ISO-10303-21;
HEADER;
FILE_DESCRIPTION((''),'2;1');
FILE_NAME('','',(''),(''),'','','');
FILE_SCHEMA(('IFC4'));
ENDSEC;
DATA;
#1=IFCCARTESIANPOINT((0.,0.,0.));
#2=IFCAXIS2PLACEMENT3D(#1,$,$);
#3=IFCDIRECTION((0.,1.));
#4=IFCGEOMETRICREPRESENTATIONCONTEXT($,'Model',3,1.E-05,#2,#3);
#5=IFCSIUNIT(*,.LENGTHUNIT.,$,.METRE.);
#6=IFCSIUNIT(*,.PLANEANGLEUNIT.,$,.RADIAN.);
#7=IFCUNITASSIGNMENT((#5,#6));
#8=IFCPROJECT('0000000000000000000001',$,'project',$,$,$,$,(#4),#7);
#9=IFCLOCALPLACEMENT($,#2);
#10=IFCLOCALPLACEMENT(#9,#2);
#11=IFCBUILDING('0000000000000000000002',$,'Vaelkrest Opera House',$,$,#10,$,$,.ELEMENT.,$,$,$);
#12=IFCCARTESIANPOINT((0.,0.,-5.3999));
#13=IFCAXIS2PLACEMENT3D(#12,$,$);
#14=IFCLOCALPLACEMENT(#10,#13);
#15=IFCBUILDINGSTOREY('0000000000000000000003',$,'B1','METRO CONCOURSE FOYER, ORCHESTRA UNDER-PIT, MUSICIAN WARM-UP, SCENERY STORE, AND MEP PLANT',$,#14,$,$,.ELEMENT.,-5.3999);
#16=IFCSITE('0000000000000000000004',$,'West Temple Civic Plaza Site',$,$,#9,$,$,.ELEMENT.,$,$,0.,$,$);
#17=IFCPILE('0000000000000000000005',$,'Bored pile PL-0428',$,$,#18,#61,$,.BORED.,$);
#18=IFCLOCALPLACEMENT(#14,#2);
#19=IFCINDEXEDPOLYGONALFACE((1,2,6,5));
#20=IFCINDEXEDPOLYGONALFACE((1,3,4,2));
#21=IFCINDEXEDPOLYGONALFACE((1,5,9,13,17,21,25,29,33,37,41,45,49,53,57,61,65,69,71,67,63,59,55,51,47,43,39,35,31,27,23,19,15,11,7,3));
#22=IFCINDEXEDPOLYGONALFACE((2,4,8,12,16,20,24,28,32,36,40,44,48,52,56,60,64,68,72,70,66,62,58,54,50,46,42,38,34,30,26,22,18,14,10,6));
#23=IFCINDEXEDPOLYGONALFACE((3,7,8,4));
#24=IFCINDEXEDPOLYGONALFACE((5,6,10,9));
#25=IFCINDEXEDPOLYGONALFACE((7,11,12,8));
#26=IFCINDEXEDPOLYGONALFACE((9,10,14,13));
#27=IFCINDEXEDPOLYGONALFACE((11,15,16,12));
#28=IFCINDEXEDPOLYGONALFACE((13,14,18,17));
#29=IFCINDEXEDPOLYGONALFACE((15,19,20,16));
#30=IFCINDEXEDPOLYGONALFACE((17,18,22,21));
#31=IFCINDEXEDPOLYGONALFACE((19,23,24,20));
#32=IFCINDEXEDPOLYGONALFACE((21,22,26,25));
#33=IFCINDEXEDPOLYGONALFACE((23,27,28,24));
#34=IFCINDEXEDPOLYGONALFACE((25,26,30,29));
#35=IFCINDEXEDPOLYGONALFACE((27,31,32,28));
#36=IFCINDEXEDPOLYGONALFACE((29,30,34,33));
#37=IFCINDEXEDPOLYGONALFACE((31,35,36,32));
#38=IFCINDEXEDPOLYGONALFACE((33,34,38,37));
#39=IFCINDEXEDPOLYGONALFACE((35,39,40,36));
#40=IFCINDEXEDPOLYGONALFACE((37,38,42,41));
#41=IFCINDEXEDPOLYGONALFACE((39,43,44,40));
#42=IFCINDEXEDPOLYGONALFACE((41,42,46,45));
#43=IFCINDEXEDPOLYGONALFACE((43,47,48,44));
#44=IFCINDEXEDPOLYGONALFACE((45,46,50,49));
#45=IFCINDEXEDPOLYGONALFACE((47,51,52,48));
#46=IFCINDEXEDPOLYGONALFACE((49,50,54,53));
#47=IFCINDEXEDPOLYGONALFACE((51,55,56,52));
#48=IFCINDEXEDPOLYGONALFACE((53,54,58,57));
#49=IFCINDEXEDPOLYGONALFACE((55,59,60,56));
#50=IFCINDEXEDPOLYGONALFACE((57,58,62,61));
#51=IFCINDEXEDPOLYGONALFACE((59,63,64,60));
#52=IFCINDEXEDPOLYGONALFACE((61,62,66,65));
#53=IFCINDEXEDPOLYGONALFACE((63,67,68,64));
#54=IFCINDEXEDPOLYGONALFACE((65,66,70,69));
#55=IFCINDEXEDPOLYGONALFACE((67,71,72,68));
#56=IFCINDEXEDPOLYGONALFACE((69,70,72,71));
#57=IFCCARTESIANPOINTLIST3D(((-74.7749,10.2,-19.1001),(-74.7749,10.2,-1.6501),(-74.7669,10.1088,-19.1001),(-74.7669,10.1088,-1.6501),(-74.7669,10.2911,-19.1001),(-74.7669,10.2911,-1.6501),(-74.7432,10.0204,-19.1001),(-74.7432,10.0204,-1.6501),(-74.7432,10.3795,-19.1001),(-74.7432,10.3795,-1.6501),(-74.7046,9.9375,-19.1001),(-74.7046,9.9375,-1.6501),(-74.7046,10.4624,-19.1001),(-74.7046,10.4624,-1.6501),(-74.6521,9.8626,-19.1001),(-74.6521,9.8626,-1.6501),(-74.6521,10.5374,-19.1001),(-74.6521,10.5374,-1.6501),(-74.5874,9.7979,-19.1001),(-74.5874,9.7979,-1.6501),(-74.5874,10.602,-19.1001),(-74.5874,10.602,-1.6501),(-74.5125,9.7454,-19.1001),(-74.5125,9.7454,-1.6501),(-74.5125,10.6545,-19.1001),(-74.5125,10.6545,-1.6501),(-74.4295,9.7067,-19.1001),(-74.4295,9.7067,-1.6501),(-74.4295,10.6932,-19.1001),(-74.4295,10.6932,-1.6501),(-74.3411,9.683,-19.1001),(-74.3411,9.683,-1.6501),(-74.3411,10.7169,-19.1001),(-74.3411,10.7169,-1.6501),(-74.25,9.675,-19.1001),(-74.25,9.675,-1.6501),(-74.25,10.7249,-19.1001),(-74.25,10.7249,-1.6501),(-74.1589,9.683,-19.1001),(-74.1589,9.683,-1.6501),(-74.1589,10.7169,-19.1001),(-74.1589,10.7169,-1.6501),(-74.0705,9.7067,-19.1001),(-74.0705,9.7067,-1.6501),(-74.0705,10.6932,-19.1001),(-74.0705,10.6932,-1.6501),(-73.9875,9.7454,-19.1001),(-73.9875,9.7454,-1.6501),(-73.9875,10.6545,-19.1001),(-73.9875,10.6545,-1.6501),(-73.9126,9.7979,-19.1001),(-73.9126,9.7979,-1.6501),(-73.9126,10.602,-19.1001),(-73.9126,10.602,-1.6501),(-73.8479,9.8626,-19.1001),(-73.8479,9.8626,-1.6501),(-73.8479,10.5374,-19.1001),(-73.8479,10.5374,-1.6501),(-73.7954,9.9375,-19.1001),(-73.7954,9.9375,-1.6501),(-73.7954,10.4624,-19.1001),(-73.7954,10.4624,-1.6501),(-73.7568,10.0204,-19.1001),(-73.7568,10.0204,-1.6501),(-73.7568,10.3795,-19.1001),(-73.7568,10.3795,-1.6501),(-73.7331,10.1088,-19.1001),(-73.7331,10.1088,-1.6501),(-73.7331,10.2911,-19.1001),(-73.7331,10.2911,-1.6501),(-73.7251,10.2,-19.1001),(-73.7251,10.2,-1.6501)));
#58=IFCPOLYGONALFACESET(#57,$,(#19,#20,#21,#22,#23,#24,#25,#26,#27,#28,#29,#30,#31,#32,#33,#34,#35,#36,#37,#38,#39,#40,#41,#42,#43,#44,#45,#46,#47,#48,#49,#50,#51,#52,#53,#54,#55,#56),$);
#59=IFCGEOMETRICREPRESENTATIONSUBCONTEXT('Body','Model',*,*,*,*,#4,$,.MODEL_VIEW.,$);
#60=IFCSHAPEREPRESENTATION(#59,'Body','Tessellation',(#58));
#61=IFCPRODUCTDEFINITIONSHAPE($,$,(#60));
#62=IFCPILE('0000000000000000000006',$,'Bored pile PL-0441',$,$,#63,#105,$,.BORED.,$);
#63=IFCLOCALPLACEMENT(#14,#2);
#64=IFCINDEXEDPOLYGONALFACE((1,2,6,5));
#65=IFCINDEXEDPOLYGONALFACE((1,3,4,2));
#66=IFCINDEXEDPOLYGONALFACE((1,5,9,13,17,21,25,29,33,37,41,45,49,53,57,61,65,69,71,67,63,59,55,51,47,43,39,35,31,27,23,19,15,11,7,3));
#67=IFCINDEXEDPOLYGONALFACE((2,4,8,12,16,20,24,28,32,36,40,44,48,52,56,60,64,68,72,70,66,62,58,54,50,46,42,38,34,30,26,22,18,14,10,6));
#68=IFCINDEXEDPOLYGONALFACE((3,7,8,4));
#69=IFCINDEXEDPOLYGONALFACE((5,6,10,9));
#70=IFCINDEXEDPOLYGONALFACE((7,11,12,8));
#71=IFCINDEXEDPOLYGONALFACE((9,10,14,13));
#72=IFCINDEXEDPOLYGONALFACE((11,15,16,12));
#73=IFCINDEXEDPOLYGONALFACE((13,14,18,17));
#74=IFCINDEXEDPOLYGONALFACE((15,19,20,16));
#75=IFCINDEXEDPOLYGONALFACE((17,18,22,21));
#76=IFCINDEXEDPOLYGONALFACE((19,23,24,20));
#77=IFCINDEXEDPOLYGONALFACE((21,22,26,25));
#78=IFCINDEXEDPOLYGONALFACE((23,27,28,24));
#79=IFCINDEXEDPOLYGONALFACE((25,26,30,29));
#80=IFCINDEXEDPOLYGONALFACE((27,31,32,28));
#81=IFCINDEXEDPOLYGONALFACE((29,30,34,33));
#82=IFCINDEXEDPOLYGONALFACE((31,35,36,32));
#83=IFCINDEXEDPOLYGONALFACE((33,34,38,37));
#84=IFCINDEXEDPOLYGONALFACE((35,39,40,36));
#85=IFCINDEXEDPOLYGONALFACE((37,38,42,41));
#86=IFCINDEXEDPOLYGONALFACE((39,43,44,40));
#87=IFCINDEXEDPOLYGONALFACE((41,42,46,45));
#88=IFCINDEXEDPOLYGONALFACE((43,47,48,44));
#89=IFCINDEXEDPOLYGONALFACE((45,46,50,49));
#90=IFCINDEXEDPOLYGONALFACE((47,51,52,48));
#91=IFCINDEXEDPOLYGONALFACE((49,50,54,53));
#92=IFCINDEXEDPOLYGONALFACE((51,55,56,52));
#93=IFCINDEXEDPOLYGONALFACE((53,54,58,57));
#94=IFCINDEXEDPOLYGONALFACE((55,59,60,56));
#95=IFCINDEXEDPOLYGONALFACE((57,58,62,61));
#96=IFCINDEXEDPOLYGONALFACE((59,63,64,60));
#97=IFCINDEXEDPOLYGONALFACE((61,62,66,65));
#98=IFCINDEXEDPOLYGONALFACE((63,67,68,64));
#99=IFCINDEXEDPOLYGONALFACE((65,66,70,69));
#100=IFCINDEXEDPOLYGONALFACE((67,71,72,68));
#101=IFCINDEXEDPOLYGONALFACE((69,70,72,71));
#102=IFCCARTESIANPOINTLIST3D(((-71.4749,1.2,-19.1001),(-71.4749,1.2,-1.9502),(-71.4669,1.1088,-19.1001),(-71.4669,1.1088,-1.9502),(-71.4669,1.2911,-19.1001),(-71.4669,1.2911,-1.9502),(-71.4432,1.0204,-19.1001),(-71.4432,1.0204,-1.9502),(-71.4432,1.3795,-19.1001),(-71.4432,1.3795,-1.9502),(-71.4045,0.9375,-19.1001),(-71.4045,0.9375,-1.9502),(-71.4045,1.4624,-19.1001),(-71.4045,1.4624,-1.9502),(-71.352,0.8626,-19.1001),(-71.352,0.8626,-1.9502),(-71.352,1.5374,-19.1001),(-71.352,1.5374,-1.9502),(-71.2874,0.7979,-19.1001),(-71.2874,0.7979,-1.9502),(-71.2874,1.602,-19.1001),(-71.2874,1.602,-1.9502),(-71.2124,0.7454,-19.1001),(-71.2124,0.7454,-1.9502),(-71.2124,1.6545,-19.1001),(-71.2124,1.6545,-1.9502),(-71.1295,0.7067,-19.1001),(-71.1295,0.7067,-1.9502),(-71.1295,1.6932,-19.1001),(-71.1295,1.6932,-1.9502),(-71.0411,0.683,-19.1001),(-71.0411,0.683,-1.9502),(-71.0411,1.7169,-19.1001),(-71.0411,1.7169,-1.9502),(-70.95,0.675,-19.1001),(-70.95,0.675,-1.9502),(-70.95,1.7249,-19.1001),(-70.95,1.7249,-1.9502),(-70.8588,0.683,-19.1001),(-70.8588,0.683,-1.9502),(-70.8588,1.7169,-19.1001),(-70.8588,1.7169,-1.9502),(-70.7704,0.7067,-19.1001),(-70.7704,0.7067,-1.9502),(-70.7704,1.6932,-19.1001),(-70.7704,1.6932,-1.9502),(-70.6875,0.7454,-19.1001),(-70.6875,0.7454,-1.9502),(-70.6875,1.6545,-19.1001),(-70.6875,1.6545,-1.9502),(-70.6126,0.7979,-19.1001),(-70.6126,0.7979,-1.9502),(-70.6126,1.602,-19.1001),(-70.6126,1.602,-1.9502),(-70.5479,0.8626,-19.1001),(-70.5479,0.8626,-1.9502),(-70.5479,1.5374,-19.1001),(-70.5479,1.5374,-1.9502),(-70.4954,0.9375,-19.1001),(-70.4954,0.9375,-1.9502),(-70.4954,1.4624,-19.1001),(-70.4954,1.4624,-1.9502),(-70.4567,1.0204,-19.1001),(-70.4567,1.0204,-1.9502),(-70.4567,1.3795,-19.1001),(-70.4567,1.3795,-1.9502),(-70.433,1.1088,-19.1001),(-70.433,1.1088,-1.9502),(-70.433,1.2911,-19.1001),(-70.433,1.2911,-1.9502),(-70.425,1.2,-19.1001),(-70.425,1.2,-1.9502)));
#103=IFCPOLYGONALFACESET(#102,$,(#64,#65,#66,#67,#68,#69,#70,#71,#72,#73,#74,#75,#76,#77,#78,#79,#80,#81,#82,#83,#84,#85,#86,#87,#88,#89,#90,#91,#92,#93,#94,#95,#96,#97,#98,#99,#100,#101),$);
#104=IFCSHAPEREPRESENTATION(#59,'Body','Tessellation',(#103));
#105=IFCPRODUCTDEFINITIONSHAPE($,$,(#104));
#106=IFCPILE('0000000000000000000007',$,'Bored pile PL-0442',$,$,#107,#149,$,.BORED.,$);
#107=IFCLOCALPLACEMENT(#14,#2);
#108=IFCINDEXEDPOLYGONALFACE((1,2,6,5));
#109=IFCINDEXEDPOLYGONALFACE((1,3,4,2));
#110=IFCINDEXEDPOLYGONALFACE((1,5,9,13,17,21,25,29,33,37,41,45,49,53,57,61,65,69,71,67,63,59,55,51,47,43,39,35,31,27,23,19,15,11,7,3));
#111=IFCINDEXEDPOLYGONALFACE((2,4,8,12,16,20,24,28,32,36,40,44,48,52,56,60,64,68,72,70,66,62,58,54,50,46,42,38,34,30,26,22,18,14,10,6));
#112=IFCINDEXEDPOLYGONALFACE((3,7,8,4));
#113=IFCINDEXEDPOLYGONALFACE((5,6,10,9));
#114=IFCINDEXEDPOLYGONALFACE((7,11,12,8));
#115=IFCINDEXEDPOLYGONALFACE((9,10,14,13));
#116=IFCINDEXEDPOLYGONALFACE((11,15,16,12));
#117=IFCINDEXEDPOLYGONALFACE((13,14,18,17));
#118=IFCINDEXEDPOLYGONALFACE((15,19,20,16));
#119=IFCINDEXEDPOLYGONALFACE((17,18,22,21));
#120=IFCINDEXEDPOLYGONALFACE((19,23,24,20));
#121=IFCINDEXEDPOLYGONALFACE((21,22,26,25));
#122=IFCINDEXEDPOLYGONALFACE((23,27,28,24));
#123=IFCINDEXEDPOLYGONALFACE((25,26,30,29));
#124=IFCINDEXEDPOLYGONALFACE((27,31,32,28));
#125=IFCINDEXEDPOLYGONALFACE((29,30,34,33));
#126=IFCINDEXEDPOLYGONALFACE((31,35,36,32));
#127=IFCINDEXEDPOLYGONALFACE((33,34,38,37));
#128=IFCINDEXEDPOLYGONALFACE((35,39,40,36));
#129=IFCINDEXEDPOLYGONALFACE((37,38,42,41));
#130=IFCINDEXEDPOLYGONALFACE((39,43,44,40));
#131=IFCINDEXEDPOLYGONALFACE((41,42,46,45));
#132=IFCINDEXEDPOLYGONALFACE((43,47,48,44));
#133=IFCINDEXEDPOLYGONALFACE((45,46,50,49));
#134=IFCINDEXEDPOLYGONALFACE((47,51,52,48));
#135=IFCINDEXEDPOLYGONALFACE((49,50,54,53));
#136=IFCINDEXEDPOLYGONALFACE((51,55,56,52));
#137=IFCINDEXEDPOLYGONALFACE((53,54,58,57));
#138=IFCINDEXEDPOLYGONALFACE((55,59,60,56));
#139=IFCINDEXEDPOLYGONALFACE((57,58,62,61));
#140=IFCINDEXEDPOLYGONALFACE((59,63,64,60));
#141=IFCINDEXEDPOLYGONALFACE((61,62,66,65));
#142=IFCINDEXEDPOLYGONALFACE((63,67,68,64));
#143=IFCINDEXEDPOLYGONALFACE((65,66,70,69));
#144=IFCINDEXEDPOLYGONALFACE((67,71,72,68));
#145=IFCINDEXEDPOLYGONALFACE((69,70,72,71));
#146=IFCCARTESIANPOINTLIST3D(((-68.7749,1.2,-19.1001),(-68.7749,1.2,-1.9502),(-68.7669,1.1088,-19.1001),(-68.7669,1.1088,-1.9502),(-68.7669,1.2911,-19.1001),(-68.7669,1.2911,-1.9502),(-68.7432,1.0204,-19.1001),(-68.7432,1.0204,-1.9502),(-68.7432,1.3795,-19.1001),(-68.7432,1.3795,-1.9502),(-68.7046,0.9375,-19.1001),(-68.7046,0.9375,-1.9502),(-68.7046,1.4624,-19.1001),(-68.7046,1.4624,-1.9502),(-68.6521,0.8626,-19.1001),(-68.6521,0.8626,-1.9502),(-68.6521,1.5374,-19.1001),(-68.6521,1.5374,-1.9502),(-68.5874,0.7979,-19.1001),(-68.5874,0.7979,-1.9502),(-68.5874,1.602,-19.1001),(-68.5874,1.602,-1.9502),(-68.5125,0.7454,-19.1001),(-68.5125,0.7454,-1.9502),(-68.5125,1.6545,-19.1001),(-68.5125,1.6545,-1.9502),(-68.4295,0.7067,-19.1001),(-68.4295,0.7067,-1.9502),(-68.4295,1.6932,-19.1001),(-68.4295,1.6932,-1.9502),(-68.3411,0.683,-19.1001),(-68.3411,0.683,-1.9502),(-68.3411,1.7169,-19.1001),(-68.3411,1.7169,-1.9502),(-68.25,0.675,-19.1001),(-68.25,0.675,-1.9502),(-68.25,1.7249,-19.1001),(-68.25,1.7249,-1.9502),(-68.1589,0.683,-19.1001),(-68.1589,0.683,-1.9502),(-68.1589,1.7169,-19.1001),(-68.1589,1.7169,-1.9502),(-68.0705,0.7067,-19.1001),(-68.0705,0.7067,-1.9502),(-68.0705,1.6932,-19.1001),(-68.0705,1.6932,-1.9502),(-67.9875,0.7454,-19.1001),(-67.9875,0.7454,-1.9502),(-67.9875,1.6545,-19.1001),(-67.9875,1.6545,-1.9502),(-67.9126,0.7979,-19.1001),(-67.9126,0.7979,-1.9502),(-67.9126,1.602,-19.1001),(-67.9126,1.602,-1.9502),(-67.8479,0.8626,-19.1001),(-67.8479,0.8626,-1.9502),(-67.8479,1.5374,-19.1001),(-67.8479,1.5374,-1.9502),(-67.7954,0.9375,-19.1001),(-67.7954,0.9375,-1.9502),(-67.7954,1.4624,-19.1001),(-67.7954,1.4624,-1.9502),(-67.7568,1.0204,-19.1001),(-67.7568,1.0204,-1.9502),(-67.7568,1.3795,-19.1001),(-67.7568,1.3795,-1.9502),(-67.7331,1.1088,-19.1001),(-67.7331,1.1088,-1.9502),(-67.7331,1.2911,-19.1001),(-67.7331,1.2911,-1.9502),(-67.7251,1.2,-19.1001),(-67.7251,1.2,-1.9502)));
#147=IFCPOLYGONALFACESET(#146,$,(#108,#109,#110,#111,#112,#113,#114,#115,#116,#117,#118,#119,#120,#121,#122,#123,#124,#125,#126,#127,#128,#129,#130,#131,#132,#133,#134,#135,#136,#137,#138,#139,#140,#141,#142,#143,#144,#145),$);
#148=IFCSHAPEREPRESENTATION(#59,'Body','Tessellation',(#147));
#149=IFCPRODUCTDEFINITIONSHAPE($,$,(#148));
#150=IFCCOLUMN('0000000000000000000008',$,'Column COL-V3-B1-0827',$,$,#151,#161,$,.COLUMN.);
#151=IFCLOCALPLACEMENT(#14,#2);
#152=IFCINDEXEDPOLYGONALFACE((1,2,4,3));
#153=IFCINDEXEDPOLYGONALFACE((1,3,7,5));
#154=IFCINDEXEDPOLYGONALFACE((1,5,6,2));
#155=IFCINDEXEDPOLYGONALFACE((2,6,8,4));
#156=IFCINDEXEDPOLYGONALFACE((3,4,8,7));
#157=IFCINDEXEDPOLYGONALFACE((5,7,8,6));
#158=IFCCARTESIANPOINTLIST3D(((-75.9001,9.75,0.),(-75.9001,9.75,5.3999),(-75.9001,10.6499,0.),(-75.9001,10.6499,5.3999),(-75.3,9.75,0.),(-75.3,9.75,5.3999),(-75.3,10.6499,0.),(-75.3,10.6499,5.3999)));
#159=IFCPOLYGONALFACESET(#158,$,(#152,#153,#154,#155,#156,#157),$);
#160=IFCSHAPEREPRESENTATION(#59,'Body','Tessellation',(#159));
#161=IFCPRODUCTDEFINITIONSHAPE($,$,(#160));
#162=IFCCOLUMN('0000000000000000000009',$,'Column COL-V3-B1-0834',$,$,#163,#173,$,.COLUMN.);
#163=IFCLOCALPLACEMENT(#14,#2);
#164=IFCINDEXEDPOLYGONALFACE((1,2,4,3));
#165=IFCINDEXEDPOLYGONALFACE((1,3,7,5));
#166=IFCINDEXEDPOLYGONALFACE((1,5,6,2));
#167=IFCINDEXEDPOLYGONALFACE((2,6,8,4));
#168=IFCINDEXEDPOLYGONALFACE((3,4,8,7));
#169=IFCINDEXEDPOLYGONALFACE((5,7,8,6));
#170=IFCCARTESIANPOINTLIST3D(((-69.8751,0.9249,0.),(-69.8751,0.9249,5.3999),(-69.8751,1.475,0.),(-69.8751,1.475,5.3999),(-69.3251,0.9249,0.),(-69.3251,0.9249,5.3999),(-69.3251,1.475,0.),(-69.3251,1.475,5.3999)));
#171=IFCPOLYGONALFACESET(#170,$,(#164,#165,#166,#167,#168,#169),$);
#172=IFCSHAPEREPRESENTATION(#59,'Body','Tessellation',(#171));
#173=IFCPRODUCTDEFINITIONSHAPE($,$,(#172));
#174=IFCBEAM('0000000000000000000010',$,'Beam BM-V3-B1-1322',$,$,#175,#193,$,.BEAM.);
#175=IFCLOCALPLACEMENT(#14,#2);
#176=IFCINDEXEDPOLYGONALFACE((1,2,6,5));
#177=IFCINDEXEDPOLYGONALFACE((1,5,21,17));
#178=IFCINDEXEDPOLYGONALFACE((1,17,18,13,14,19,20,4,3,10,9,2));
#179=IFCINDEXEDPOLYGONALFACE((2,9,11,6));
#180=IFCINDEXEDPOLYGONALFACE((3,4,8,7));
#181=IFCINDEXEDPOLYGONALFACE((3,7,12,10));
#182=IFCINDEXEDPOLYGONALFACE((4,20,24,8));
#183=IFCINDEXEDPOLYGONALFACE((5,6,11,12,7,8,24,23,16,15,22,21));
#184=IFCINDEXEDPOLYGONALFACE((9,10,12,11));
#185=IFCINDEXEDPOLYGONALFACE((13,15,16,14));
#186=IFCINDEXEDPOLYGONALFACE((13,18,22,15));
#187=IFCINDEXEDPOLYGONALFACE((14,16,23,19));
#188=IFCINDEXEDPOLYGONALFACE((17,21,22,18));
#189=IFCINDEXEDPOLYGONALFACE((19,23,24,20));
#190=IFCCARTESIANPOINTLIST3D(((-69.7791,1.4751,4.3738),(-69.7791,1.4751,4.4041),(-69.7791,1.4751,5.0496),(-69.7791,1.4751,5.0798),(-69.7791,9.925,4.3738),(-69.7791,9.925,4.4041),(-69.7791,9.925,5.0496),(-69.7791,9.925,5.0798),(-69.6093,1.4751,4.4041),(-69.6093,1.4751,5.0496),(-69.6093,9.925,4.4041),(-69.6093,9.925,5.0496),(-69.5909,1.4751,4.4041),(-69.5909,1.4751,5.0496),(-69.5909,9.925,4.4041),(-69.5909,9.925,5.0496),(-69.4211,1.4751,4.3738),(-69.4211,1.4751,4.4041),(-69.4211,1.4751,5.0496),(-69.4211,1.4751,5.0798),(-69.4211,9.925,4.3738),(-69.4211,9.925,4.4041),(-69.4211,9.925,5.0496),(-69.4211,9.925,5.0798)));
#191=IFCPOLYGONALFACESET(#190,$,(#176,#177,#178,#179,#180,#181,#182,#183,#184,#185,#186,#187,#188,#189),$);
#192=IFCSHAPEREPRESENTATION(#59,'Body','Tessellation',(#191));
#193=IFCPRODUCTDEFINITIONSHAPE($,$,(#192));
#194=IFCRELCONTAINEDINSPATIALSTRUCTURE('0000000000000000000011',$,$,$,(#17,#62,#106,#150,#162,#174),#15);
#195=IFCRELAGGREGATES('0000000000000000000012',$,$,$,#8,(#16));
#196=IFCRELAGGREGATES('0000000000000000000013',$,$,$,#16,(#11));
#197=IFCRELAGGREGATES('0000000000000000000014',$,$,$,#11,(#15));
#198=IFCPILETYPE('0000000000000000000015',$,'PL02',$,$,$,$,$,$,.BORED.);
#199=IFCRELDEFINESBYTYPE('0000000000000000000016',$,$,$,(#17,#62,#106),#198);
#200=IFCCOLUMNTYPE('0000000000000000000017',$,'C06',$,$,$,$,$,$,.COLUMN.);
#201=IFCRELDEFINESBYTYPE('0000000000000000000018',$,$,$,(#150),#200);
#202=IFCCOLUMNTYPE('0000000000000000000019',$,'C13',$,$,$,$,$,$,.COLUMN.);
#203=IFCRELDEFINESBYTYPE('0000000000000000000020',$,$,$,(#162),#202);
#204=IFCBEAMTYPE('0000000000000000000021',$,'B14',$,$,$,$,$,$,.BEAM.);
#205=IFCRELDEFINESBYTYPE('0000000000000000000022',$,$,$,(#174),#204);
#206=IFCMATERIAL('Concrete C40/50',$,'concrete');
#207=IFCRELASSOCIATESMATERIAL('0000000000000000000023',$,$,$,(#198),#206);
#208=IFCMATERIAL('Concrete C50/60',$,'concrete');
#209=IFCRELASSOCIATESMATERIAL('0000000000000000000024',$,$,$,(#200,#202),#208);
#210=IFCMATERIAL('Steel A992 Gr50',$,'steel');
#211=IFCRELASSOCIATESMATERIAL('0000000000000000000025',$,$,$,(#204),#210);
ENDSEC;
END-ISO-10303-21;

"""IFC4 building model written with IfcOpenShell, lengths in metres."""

from ifc_helpers import new_model, si_unit, direction, frame, origin, origin_2d, place, context, subcontext, project, spatial, rectangle, circle, i_section, extrude, material, material_profile, profile_set, type_object, element, save


model = new_model("IFC4")

# Units and contexts
model_context = context("Model", 3, precision=1e-05, world=origin(), true_north=direction((0.0, 1.0)))
body_context = subcontext(model_context, "Body", "Model", "MODEL_VIEW")
ifc_project = project(units=[si_unit("LENGTHUNIT", "METRE"), si_unit("PLANEANGLEUNIT", "RADIAN")], contexts=[model_context])

# Site, building, storey
site_placement = place(None, origin())
site = spatial("IfcSite", under=ifc_project, at=site_placement, Name="West Temple Civic Plaza Site", CompositionType="ELEMENT", RefElevation=0.0)
building_placement = place(site_placement, origin())
building = spatial("IfcBuilding", under=site, at=building_placement, Name="Vaelkrest Opera House", CompositionType="ELEMENT")
storey_placement = place(building_placement, frame((0.0, 0.0, -5.3999)))
storey = spatial("IfcBuildingStorey", under=building, at=storey_placement, Name="B1", Description="METRO CONCOURSE FOYER, ORCHESTRA UNDER-PIT, MUSICIAN WARM-UP, SCENERY STORE, AND MEP PLANT", CompositionType="ELEMENT", Elevation=-5.3999)

# Shared definitions
ifc_material_1 = material(Name="Concrete C40/50", Category="concrete")

# Piles
ifc_material_profile_1 = material_profile(ifc_material_1, circle(Radius=0.5249, at=origin_2d()), Name="PILE1050")
ifc_profile_set_1 = profile_set([ifc_material_profile_1], Name="Concrete C40/50")
pile_type = type_object("IfcPileType", Name="PL02", PredefinedType="BORED", material=ifc_profile_set_1)
for number, where, z_axis, x_axis, name in (
    (1, (-74.25, 10.2, -1.6501), (0.0, 0.0, -1.0), (1.0, 0.0, 0.0), "Bored pile PL-0428"),
):
    element("IfcPile", number, at=place(storey_placement, frame(where, z_axis=z_axis, x_axis=x_axis)), inside=storey, type_object=pile_type, Name=name, PredefinedType="BORED", context=body_context, shape_type="SweptSolid", body=[
        extrude(circle(Radius=0.5249, at=origin_2d()), origin(), (0.0, 0.0, 1.0), 17.45),
    ])
for number, where, z_axis, x_axis, name in (
    (2, (-70.95, 1.2, -1.9502), (0.0, 0.0, -1.0), (1.0, 0.0, 0.0), "Bored pile PL-0441"),
    (3, (-68.25, 1.2, -1.9502), (0.0, 0.0, -1.0), (1.0, 0.0, 0.0), "Bored pile PL-0442"),
):
    element("IfcPile", number, at=place(storey_placement, frame(where, z_axis=z_axis, x_axis=x_axis)), inside=storey, type_object=pile_type, Name=name, PredefinedType="BORED", context=body_context, shape_type="SweptSolid", body=[
        extrude(circle(Radius=0.5249, at=origin_2d()), origin(), (0.0, 0.0, 1.0), 17.1499),
    ])

# Columns
ifc_material_2 = material(Name="Concrete C50/60", Category="concrete")
ifc_material_profile_2 = material_profile(ifc_material_2, rectangle(XDim=0.6001, YDim=0.8999, at=origin_2d()), Name="RC600X900")
ifc_profile_set_2 = profile_set([ifc_material_profile_2], Name="Concrete C50/60")
column_type_1 = type_object("IfcColumnType", Name="C06", PredefinedType="COLUMN", material=ifc_profile_set_2)
column_1_placement = place(storey_placement, frame((-75.6001, 10.2, 0.0), z_axis=(0.0, 0.0, 1.0), x_axis=(1.0, 0.0, 0.0)))
element("IfcColumn", 4, at=column_1_placement, inside=storey, type_object=column_type_1, Name="Column COL-V3-B1-0827", PredefinedType="COLUMN", context=body_context, shape_type="SweptSolid", body=[
    extrude(rectangle(XDim=0.6001, YDim=0.8999, at=origin_2d()), origin(), (0.0, 0.0, 1.0), 5.3999),
])
ifc_material_profile_3 = material_profile(ifc_material_2, rectangle(XDim=0.55, YDim=0.55, at=origin_2d()), Name="RC550X550")
ifc_profile_set_3 = profile_set([ifc_material_profile_3], Name="Concrete C50/60")
column_type_2 = type_object("IfcColumnType", Name="C13", PredefinedType="COLUMN", material=ifc_profile_set_3)
column_2_placement = place(storey_placement, frame((-69.6001, 1.2, 0.0), z_axis=(0.0, 0.0, 1.0), x_axis=(1.0, 0.0, 0.0)))
element("IfcColumn", 5, at=column_2_placement, inside=storey, type_object=column_type_2, Name="Column COL-V3-B1-0834", PredefinedType="COLUMN", context=body_context, shape_type="SweptSolid", body=[
    extrude(rectangle(XDim=0.55, YDim=0.55, at=origin_2d()), origin(), (0.0, 0.0, 1.0), 5.3999),
])

# Beam
ifc_material_3 = material(Name="Steel A992 Gr50", Category="steel")
ifc_material_profile_4 = material_profile(ifc_material_3, i_section(OverallWidth=0.3579, OverallDepth=0.7061, WebThickness=0.0183, FlangeThickness=0.0303, at=origin_2d()), Name="W27X178")
ifc_profile_set_4 = profile_set([ifc_material_profile_4], Name="Steel A992 Gr50")
beam_type_1 = type_object("IfcBeamType", Name="B14", PredefinedType="BEAM", material=ifc_profile_set_4)
beam_1_placement = place(storey_placement, frame((-69.6001, 1.4751, 4.7268), z_axis=(0.0, 1.0, 0.0), x_axis=(-1.0, 0.0, 0.0)))
element("IfcBeam", 6, at=beam_1_placement, inside=storey, type_object=beam_type_1, Name="Beam BM-V3-B1-1322", PredefinedType="BEAM", context=body_context, shape_type="SweptSolid", body=[
    extrude(i_section(OverallWidth=0.3579, OverallDepth=0.7061, WebThickness=0.0183, FlangeThickness=0.0303, at=origin_2d()), origin(), (0.0, 0.0, 1.0), 8.45),
])

save(model, "model.ifc")
